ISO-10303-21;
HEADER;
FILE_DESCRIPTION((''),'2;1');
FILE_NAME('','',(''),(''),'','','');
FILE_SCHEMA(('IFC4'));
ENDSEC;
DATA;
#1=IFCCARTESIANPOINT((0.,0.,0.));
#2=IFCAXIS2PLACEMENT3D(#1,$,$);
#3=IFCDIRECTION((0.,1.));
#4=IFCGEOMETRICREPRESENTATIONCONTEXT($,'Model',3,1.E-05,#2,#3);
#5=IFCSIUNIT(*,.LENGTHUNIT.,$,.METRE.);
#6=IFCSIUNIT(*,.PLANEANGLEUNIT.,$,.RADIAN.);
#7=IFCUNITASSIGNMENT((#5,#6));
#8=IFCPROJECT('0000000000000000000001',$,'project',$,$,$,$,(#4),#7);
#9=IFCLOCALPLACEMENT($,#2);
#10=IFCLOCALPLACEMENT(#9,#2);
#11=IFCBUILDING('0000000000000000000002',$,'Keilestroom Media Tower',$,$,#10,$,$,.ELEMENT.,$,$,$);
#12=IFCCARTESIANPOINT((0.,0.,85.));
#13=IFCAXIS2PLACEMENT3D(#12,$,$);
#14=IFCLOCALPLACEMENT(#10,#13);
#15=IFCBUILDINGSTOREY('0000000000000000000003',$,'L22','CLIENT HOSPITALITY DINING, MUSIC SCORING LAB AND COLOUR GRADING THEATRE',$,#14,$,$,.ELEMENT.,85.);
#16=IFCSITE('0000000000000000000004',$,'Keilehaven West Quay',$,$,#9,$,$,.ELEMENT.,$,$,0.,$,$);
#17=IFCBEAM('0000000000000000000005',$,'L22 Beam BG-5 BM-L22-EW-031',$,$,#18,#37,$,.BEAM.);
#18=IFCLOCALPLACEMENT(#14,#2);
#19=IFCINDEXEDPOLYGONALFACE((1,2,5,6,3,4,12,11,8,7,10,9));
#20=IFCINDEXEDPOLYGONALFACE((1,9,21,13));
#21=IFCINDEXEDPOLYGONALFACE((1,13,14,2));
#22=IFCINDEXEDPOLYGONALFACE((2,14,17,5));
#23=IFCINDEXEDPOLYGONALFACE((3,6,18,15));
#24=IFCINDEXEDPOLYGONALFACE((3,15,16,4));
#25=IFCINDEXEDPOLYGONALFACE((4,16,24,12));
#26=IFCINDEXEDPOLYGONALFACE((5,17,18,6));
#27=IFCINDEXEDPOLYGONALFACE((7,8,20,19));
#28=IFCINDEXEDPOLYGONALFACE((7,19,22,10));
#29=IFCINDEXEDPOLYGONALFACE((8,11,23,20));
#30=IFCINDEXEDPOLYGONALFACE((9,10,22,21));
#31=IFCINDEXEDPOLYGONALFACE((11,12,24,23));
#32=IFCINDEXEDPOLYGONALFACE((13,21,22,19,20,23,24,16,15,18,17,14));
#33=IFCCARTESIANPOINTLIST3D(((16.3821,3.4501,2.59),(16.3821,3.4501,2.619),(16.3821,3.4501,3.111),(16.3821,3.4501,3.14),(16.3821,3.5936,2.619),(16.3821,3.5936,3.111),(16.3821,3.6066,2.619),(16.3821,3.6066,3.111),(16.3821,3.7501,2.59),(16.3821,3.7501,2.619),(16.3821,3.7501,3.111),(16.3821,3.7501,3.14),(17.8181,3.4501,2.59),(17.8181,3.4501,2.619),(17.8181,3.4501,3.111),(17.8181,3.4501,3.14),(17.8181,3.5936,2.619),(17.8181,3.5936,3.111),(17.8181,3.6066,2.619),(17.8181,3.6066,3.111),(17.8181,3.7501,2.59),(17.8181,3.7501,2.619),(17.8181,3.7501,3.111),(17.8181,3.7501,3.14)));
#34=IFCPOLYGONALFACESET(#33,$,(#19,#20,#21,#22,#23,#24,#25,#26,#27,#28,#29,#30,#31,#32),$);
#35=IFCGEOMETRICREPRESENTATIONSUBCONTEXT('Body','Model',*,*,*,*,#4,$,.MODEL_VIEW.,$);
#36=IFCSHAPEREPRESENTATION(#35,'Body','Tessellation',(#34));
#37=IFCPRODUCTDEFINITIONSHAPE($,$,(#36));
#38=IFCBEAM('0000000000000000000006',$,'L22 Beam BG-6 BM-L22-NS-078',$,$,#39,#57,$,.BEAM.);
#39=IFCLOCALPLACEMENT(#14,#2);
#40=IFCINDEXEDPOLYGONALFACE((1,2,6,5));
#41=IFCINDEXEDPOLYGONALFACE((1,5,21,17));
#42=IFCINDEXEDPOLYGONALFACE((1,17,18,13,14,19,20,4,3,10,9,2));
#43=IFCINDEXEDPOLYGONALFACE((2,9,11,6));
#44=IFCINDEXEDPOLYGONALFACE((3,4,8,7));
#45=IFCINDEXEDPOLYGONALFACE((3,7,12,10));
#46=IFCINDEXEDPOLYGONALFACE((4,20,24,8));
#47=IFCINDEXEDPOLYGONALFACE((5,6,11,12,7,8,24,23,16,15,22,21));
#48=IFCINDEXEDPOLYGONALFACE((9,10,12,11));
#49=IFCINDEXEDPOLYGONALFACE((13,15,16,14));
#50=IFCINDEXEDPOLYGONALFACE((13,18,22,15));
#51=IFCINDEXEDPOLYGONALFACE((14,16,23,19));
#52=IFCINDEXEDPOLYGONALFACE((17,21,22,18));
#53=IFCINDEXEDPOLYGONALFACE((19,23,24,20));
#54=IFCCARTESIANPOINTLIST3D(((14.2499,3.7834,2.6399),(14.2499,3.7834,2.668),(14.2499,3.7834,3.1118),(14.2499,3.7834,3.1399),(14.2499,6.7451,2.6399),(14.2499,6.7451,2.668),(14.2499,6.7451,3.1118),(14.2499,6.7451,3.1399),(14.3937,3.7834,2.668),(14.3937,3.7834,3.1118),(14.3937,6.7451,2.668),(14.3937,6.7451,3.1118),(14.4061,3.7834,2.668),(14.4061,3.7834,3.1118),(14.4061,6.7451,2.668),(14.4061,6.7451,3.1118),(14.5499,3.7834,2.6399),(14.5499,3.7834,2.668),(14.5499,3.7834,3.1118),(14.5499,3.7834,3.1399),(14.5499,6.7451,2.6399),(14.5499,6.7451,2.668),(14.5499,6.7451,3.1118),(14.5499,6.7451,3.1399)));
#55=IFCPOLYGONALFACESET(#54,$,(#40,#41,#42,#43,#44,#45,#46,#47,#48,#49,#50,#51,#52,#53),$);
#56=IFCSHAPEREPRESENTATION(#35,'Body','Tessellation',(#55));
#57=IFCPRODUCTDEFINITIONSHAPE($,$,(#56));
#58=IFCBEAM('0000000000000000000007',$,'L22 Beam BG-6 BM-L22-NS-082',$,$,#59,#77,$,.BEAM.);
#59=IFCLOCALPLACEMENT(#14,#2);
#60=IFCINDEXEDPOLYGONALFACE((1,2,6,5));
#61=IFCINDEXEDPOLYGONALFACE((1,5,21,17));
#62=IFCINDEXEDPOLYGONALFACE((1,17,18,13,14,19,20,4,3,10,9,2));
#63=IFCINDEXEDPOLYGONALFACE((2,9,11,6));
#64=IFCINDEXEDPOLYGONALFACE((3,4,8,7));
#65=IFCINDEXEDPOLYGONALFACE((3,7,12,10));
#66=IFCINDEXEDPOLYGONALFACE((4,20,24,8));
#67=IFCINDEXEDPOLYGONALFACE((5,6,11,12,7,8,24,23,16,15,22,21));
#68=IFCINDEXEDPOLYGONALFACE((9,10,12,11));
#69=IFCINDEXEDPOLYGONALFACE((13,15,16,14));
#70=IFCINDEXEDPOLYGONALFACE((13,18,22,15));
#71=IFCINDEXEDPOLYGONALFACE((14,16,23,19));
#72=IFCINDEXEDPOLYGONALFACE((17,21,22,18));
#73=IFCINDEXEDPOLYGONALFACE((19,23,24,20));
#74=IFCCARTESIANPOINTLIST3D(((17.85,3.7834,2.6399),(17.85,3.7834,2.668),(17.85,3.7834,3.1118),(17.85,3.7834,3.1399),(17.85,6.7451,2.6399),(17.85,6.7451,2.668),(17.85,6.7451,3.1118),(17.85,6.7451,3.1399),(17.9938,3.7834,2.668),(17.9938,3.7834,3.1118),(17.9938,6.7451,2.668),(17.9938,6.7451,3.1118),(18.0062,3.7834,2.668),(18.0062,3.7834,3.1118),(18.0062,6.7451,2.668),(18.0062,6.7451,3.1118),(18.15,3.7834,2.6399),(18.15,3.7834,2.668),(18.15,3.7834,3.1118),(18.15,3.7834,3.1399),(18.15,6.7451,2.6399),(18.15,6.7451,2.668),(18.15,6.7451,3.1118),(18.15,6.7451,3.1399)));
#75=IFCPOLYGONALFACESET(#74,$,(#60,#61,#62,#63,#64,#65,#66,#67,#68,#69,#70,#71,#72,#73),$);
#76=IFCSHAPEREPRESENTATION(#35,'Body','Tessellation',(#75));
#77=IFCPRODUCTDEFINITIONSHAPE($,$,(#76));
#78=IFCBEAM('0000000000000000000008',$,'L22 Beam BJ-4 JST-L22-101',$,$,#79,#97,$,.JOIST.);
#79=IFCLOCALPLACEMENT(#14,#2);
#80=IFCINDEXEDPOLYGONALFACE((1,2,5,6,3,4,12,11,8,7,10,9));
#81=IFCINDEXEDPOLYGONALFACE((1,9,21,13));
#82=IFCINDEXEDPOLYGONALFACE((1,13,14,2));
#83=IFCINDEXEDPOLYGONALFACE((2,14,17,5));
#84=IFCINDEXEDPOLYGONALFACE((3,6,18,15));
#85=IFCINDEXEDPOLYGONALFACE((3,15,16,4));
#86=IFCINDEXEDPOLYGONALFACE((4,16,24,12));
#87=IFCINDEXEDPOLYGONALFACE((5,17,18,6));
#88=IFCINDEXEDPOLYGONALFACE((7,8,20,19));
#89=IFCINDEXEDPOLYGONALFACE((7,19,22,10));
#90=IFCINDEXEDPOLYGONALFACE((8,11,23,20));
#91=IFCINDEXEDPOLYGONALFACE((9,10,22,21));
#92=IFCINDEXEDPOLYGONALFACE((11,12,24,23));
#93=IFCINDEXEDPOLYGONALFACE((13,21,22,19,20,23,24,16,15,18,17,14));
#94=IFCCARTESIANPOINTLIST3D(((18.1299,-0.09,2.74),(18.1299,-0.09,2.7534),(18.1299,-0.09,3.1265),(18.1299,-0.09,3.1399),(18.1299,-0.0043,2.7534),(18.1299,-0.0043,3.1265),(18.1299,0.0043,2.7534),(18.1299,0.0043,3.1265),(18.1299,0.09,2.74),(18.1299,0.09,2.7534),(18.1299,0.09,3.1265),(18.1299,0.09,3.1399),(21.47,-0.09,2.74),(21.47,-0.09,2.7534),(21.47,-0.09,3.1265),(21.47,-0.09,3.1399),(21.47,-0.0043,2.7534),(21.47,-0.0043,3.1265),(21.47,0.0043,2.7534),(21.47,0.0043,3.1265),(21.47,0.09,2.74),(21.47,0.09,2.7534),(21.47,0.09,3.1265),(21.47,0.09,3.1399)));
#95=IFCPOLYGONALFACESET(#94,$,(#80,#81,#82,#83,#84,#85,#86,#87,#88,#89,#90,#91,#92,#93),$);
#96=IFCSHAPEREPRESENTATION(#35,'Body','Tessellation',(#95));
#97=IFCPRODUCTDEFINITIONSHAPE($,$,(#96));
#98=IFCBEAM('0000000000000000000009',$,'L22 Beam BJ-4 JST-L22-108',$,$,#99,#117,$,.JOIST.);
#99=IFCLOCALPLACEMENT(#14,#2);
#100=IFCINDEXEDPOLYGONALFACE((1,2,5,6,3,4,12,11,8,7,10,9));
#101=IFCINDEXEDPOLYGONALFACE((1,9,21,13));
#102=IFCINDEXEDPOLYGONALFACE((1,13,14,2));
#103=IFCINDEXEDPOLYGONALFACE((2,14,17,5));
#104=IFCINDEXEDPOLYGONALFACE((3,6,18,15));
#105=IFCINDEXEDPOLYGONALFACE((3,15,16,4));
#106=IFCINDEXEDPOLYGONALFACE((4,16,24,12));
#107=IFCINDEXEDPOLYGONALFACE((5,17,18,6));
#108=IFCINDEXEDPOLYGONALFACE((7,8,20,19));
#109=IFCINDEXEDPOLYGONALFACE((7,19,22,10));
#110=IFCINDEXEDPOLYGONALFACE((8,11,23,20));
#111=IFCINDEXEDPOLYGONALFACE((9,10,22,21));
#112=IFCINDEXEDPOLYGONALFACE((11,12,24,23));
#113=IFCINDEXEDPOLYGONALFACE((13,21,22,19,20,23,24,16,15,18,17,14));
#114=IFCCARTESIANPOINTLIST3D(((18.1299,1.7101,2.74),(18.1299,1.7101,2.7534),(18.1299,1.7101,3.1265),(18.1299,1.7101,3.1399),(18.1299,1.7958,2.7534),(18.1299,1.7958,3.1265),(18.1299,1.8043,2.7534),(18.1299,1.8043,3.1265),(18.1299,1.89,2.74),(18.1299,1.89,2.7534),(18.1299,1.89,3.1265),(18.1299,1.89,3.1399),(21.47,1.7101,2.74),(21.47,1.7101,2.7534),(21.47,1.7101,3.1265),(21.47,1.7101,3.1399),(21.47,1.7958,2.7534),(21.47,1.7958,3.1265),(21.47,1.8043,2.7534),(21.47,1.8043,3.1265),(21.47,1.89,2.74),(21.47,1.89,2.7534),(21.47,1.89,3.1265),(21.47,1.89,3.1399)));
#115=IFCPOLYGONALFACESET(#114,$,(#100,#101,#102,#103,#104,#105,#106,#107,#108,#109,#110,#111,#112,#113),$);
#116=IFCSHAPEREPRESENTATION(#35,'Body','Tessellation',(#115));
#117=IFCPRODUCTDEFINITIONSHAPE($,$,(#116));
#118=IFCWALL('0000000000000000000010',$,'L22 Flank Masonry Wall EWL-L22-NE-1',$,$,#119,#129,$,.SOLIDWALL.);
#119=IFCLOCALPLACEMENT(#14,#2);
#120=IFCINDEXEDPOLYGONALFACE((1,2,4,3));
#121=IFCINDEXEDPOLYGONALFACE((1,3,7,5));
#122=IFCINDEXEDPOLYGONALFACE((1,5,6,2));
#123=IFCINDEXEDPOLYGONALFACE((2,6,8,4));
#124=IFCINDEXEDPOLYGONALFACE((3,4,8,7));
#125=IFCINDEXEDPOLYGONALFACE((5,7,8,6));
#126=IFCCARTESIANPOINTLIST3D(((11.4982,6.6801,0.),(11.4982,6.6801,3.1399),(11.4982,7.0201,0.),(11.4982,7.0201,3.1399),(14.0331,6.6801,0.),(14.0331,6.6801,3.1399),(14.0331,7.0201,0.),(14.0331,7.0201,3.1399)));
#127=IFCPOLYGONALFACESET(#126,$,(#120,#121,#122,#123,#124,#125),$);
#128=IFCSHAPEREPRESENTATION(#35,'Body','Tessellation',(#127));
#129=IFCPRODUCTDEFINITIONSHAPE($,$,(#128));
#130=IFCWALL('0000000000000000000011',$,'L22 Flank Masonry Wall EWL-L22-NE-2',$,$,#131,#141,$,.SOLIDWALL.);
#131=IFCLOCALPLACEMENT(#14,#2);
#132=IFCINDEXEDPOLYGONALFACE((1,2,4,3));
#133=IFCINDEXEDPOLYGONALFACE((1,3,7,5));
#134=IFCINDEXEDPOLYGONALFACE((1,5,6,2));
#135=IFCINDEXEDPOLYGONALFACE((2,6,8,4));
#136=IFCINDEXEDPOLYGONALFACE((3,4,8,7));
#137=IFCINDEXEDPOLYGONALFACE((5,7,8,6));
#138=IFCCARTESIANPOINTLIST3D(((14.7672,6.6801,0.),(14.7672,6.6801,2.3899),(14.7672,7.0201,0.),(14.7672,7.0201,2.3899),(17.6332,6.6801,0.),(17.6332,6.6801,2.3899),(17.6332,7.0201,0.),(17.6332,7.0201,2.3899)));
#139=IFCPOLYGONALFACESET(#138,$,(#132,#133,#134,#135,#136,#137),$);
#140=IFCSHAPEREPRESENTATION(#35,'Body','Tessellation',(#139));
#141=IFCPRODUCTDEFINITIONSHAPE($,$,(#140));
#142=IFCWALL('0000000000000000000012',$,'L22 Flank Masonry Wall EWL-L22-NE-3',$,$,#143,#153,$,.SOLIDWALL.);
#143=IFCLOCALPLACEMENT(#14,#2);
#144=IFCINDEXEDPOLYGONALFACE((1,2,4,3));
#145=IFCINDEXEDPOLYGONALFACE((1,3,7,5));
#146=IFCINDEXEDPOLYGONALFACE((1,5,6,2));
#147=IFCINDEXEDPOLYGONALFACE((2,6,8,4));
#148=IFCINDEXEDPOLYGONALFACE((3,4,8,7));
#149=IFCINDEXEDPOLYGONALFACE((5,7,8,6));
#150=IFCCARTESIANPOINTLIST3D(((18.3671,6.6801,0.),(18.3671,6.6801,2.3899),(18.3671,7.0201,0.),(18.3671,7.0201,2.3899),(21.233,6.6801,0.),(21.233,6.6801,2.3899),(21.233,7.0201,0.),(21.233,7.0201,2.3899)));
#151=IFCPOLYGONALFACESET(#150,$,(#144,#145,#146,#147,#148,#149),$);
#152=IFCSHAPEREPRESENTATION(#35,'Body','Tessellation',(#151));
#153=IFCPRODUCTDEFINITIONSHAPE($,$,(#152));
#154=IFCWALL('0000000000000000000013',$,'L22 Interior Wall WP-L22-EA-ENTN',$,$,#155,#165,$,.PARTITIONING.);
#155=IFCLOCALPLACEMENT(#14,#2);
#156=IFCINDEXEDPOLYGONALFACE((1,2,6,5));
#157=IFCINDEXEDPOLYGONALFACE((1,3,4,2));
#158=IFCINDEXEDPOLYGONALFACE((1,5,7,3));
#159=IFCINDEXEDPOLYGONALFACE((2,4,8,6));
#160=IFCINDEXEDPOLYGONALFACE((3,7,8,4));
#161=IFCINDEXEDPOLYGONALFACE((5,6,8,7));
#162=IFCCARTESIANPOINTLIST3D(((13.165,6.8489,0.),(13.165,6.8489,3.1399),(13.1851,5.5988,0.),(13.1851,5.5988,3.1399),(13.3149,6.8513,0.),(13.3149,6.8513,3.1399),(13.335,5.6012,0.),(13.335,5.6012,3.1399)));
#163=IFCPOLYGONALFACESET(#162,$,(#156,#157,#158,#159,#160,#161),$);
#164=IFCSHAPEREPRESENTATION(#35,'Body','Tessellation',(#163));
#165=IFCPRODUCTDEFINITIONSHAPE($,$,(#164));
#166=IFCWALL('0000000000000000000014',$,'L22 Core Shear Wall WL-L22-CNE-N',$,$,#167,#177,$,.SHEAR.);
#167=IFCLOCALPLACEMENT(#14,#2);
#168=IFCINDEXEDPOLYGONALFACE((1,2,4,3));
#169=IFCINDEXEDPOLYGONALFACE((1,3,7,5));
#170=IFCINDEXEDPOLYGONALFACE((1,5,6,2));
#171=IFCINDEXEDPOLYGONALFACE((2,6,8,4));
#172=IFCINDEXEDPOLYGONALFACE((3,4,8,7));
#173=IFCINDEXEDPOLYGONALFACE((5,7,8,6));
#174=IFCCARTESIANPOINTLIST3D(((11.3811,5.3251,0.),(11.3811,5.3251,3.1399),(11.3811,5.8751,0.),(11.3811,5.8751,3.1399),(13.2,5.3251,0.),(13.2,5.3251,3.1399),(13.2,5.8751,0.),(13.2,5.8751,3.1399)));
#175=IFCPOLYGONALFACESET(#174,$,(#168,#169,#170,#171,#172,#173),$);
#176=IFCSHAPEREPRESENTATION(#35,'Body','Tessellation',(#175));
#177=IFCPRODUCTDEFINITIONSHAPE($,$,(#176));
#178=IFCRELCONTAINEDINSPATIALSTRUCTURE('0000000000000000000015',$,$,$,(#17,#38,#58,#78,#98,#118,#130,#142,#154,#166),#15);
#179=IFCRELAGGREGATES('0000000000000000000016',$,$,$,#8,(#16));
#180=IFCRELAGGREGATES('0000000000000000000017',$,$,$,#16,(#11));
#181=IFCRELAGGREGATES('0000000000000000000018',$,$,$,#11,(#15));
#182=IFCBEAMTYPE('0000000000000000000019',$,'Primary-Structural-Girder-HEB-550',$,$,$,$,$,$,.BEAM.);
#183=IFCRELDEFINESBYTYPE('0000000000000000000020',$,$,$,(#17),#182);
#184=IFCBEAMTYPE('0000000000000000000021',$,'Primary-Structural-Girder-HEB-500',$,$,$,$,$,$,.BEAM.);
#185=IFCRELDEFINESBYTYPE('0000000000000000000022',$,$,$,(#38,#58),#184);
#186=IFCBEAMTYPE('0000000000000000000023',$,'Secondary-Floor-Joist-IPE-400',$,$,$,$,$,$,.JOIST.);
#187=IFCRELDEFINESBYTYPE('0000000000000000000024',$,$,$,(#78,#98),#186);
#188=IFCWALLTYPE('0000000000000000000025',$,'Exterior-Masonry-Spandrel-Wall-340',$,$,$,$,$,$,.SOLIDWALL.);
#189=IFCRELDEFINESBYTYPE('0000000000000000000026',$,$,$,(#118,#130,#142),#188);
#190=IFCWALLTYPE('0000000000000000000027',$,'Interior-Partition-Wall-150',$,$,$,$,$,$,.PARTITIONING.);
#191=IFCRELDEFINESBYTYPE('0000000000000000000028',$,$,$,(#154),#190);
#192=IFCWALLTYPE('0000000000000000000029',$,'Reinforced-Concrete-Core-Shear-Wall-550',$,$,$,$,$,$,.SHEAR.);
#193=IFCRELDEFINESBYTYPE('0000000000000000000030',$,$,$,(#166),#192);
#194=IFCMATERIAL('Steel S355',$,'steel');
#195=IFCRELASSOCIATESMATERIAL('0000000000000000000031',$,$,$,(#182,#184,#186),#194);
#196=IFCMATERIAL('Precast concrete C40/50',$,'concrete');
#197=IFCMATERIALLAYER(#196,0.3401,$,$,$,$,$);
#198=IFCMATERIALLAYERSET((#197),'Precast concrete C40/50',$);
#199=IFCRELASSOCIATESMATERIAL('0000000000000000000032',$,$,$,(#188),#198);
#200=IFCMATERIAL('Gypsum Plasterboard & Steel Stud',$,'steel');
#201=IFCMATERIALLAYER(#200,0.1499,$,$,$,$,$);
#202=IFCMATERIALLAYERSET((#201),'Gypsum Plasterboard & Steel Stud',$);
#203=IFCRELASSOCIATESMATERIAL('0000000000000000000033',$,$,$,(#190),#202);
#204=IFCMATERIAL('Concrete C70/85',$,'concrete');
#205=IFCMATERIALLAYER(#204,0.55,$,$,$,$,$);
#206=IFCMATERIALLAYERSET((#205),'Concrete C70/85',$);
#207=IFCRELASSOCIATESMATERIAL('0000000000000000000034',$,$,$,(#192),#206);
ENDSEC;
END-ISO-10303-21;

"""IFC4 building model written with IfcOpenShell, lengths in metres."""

from ifc_helpers import new_model, si_unit, direction, frame, frame_2d, origin, origin_2d, place, context, subcontext, project, spatial, rectangle, i_section, extrude, source, transform, mapped, material, layer, layer_set, material_profile, profile_set, type_object, element, save


model = new_model("IFC4")

# Units and contexts
model_context = context("Model", 3, precision=1e-05, world=origin(), true_north=direction((0.0, 1.0)))
body_context = subcontext(model_context, "Body", "Model", "MODEL_VIEW")
ifc_project = project(units=[si_unit("LENGTHUNIT", "METRE"), si_unit("PLANEANGLEUNIT", "RADIAN")], contexts=[model_context])

# Site, building, storey
site_placement = place(None, origin())
site = spatial("IfcSite", under=ifc_project, at=site_placement, Name="Keilehaven West Quay", CompositionType="ELEMENT", RefElevation=0.0)
building_placement = place(site_placement, origin())
building = spatial("IfcBuilding", under=site, at=building_placement, Name="Keilestroom Media Tower", CompositionType="ELEMENT")
storey_placement = place(building_placement, frame((0.0, 0.0, 85.0)))
storey = spatial("IfcBuildingStorey", under=building, at=storey_placement, Name="L22", Description="CLIENT HOSPITALITY DINING, MUSIC SCORING LAB AND COLOUR GRADING THEATRE", CompositionType="ELEMENT", Elevation=85.0)

# Shared definitions
ifc_material_1 = material(Name="Precast concrete C40/50", Category="concrete")

# Beams
ifc_material_2 = material(Name="Steel S355", Category="steel")
ifc_material_profile_1 = material_profile(ifc_material_2, i_section(OverallWidth=0.3, OverallDepth=0.55, WebThickness=0.0129, FlangeThickness=0.0291, at=origin_2d()), Name="HEB 550")
ifc_profile_set_1 = profile_set([ifc_material_profile_1], Name="Steel S355")
beam_type_1 = type_object("IfcBeamType", Name="Primary-Structural-Girder-HEB-550", PredefinedType="BEAM", material=ifc_profile_set_1)
shared_shape_1 = source(origin(), body_context, "Body", "SweptSolid", [
    extrude(i_section(OverallWidth=0.3, OverallDepth=0.55, WebThickness=0.0129, FlangeThickness=0.0291, at=origin_2d()), origin(), (0.0, 0.0, 1.0), 1.436),
])
for number, where, z_axis, x_axis, name in (
    (1, (16.3821, 3.6001, 2.865), (1.0, 0.0, 0.0), (0.0, 1.0, 0.0), "L22 Beam BG-5 BM-L22-EW-031"),
):
    element("IfcBeam", number, at=place(storey_placement, frame(where, z_axis=z_axis, x_axis=x_axis)), inside=storey, type_object=beam_type_1, Name=name, PredefinedType="BEAM", context=body_context, shape_type="MappedRepresentation", body=[
        mapped(shared_shape_1, transform((0.0, 0.0, 0.0), x_axis=(1.0, 0.0, 0.0), y_axis=(0.0, 1.0, 0.0), z_axis=(0.0, 0.0, 1.0), scale=1.0)),
    ])
ifc_material_profile_2 = material_profile(ifc_material_2, i_section(OverallWidth=0.3, OverallDepth=0.5, WebThickness=0.0125, FlangeThickness=0.0281, at=origin_2d()), Name="HEB 500")
ifc_profile_set_2 = profile_set([ifc_material_profile_2], Name="Steel S355")
beam_type_2 = type_object("IfcBeamType", Name="Primary-Structural-Girder-HEB-500", PredefinedType="BEAM", material=ifc_profile_set_2)
shared_shape_2 = source(origin(), body_context, "Body", "SweptSolid", [
    extrude(i_section(OverallWidth=0.3, OverallDepth=0.5, WebThickness=0.0125, FlangeThickness=0.0281, at=origin_2d()), origin(), (0.0, 0.0, 1.0), 2.9617),
])
for number, where, z_axis, x_axis, name in (
    (2, (14.3999, 3.7834, 2.8899), (0.0, 1.0, 0.0), (-1.0, 0.0, 0.0), "L22 Beam BG-6 BM-L22-NS-078"),
    (3, (18.0, 3.7834, 2.8899), (0.0, 1.0, 0.0), (-1.0, 0.0, 0.0), "L22 Beam BG-6 BM-L22-NS-082"),
):
    element("IfcBeam", number, at=place(storey_placement, frame(where, z_axis=z_axis, x_axis=x_axis)), inside=storey, type_object=beam_type_2, Name=name, PredefinedType="BEAM", context=body_context, shape_type="MappedRepresentation", body=[
        mapped(shared_shape_2, transform((0.0, 0.0, 0.0), x_axis=(1.0, 0.0, 0.0), y_axis=(0.0, 1.0, 0.0), z_axis=(0.0, 0.0, 1.0), scale=1.0)),
    ])
ifc_material_profile_3 = material_profile(ifc_material_2, i_section(OverallWidth=0.1799, OverallDepth=0.3999, WebThickness=0.0085, FlangeThickness=0.0134, at=origin_2d()), Name="IPE 400")
ifc_profile_set_3 = profile_set([ifc_material_profile_3], Name="Steel S355")
beam_type_3 = type_object("IfcBeamType", Name="Secondary-Floor-Joist-IPE-400", PredefinedType="JOIST", material=ifc_profile_set_3)
shared_shape_3 = source(origin(), body_context, "Body", "SweptSolid", [
    extrude(i_section(OverallWidth=0.1799, OverallDepth=0.3999, WebThickness=0.0085, FlangeThickness=0.0134, at=origin_2d()), origin(), (0.0, 0.0, 1.0), 3.3401),
])
for number, where, z_axis, x_axis, name in (
    (4, (18.1299, 0.0, 2.9399), (1.0, 0.0, 0.0), (0.0, 1.0, 0.0), "L22 Beam BJ-4 JST-L22-101"),
    (5, (18.1299, 1.8, 2.9399), (1.0, 0.0, 0.0), (0.0, 1.0, 0.0), "L22 Beam BJ-4 JST-L22-108"),
):
    element("IfcBeam", number, at=place(storey_placement, frame(where, z_axis=z_axis, x_axis=x_axis)), inside=storey, type_object=beam_type_3, Name=name, PredefinedType="JOIST", context=body_context, shape_type="MappedRepresentation", body=[
        mapped(shared_shape_3, transform((0.0, 0.0, 0.0), x_axis=(1.0, 0.0, 0.0), y_axis=(0.0, 1.0, 0.0), z_axis=(0.0, 0.0, 1.0), scale=1.0)),
    ])

# Walls
ifc_layer_1 = layer(ifc_material_1, 0.3401)
ifc_layer_set_1 = layer_set([ifc_layer_1], Name="Precast concrete C40/50")
wall_type_1 = type_object("IfcWallType", Name="Exterior-Masonry-Spandrel-Wall-340", PredefinedType="SOLIDWALL", material=ifc_layer_set_1)
wall_1_placement = place(storey_placement, frame((11.498, 6.8501, 0.0), z_axis=(0.0, 0.0, 1.0), x_axis=(1.0, 0.0, 0.0)))
element("IfcWall", 6, at=wall_1_placement, inside=storey, type_object=wall_type_1, Name="L22 Flank Masonry Wall EWL-L22-NE-1", PredefinedType="SOLIDWALL", context=body_context, shape_type="SweptSolid", body=[
    extrude(rectangle(XDim=2.5349, YDim=0.3401, at=frame_2d((1.2676, 0.0))), origin(), (0.0, 0.0, 1.0), 3.1399),
])
for number, where, z_axis, x_axis, name in (
    (7, (14.7671, 6.8501, 0.0), (0.0, 0.0, 1.0), (1.0, 0.0, 0.0), "L22 Flank Masonry Wall EWL-L22-NE-2"),
    (8, (18.3669, 6.8501, 0.0), (0.0, 0.0, 1.0), (1.0, 0.0, 0.0), "L22 Flank Masonry Wall EWL-L22-NE-3"),
):
    element("IfcWall", number, at=place(storey_placement, frame(where, z_axis=z_axis, x_axis=x_axis)), inside=storey, type_object=wall_type_1, Name=name, PredefinedType="SOLIDWALL", context=body_context, shape_type="SweptSolid", body=[
        extrude(rectangle(XDim=2.866, YDim=0.3401, at=frame_2d((1.4331, 0.0))), origin(), (0.0, 0.0, 1.0), 2.3899),
    ])
ifc_material_3 = material(Name="Gypsum Plasterboard & Steel Stud", Category="steel")
ifc_layer_2 = layer(ifc_material_3, 0.1499)
ifc_layer_set_2 = layer_set([ifc_layer_2], Name="Gypsum Plasterboard & Steel Stud")
wall_type_2 = type_object("IfcWallType", Name="Interior-Partition-Wall-150", PredefinedType="PARTITIONING", material=ifc_layer_set_2)
wall_2_placement = place(storey_placement, frame((13.26, 5.6001, 0.0), z_axis=(0.0, 0.0, 1.0), x_axis=(-0.016014, 0.999872, 0.0)))
element("IfcWall", 9, at=wall_2_placement, inside=storey, type_object=wall_type_2, Name="L22 Interior Wall WP-L22-EA-ENTN", PredefinedType="PARTITIONING", context=body_context, shape_type="SweptSolid", body=[
    extrude(rectangle(XDim=1.2502, YDim=0.1499, at=frame_2d((0.625, 0.0))), origin(), (0.0, 0.0, 1.0), 3.1399),
])
ifc_material_4 = material(Name="Concrete C70/85", Category="concrete")
ifc_layer_3 = layer(ifc_material_4, 0.55)
ifc_layer_set_3 = layer_set([ifc_layer_3], Name="Concrete C70/85")
wall_type_3 = type_object("IfcWallType", Name="Reinforced-Concrete-Core-Shear-Wall-550", PredefinedType="SHEAR", material=ifc_layer_set_3)
wall_3_placement = place(storey_placement, frame((11.3811, 5.6001, 0.0), z_axis=(0.0, 0.0, 1.0), x_axis=(1.0, 0.0, 0.0)))
element("IfcWall", 10, at=wall_3_placement, inside=storey, type_object=wall_type_3, Name="L22 Core Shear Wall WL-L22-CNE-N", PredefinedType="SHEAR", context=body_context, shape_type="SweptSolid", body=[
    extrude(rectangle(XDim=1.8188, YDim=0.55, at=frame_2d((0.9094, 0.0))), origin(), (0.0, 0.0, 1.0), 3.1399),
])

save(model, "model.ifc")
